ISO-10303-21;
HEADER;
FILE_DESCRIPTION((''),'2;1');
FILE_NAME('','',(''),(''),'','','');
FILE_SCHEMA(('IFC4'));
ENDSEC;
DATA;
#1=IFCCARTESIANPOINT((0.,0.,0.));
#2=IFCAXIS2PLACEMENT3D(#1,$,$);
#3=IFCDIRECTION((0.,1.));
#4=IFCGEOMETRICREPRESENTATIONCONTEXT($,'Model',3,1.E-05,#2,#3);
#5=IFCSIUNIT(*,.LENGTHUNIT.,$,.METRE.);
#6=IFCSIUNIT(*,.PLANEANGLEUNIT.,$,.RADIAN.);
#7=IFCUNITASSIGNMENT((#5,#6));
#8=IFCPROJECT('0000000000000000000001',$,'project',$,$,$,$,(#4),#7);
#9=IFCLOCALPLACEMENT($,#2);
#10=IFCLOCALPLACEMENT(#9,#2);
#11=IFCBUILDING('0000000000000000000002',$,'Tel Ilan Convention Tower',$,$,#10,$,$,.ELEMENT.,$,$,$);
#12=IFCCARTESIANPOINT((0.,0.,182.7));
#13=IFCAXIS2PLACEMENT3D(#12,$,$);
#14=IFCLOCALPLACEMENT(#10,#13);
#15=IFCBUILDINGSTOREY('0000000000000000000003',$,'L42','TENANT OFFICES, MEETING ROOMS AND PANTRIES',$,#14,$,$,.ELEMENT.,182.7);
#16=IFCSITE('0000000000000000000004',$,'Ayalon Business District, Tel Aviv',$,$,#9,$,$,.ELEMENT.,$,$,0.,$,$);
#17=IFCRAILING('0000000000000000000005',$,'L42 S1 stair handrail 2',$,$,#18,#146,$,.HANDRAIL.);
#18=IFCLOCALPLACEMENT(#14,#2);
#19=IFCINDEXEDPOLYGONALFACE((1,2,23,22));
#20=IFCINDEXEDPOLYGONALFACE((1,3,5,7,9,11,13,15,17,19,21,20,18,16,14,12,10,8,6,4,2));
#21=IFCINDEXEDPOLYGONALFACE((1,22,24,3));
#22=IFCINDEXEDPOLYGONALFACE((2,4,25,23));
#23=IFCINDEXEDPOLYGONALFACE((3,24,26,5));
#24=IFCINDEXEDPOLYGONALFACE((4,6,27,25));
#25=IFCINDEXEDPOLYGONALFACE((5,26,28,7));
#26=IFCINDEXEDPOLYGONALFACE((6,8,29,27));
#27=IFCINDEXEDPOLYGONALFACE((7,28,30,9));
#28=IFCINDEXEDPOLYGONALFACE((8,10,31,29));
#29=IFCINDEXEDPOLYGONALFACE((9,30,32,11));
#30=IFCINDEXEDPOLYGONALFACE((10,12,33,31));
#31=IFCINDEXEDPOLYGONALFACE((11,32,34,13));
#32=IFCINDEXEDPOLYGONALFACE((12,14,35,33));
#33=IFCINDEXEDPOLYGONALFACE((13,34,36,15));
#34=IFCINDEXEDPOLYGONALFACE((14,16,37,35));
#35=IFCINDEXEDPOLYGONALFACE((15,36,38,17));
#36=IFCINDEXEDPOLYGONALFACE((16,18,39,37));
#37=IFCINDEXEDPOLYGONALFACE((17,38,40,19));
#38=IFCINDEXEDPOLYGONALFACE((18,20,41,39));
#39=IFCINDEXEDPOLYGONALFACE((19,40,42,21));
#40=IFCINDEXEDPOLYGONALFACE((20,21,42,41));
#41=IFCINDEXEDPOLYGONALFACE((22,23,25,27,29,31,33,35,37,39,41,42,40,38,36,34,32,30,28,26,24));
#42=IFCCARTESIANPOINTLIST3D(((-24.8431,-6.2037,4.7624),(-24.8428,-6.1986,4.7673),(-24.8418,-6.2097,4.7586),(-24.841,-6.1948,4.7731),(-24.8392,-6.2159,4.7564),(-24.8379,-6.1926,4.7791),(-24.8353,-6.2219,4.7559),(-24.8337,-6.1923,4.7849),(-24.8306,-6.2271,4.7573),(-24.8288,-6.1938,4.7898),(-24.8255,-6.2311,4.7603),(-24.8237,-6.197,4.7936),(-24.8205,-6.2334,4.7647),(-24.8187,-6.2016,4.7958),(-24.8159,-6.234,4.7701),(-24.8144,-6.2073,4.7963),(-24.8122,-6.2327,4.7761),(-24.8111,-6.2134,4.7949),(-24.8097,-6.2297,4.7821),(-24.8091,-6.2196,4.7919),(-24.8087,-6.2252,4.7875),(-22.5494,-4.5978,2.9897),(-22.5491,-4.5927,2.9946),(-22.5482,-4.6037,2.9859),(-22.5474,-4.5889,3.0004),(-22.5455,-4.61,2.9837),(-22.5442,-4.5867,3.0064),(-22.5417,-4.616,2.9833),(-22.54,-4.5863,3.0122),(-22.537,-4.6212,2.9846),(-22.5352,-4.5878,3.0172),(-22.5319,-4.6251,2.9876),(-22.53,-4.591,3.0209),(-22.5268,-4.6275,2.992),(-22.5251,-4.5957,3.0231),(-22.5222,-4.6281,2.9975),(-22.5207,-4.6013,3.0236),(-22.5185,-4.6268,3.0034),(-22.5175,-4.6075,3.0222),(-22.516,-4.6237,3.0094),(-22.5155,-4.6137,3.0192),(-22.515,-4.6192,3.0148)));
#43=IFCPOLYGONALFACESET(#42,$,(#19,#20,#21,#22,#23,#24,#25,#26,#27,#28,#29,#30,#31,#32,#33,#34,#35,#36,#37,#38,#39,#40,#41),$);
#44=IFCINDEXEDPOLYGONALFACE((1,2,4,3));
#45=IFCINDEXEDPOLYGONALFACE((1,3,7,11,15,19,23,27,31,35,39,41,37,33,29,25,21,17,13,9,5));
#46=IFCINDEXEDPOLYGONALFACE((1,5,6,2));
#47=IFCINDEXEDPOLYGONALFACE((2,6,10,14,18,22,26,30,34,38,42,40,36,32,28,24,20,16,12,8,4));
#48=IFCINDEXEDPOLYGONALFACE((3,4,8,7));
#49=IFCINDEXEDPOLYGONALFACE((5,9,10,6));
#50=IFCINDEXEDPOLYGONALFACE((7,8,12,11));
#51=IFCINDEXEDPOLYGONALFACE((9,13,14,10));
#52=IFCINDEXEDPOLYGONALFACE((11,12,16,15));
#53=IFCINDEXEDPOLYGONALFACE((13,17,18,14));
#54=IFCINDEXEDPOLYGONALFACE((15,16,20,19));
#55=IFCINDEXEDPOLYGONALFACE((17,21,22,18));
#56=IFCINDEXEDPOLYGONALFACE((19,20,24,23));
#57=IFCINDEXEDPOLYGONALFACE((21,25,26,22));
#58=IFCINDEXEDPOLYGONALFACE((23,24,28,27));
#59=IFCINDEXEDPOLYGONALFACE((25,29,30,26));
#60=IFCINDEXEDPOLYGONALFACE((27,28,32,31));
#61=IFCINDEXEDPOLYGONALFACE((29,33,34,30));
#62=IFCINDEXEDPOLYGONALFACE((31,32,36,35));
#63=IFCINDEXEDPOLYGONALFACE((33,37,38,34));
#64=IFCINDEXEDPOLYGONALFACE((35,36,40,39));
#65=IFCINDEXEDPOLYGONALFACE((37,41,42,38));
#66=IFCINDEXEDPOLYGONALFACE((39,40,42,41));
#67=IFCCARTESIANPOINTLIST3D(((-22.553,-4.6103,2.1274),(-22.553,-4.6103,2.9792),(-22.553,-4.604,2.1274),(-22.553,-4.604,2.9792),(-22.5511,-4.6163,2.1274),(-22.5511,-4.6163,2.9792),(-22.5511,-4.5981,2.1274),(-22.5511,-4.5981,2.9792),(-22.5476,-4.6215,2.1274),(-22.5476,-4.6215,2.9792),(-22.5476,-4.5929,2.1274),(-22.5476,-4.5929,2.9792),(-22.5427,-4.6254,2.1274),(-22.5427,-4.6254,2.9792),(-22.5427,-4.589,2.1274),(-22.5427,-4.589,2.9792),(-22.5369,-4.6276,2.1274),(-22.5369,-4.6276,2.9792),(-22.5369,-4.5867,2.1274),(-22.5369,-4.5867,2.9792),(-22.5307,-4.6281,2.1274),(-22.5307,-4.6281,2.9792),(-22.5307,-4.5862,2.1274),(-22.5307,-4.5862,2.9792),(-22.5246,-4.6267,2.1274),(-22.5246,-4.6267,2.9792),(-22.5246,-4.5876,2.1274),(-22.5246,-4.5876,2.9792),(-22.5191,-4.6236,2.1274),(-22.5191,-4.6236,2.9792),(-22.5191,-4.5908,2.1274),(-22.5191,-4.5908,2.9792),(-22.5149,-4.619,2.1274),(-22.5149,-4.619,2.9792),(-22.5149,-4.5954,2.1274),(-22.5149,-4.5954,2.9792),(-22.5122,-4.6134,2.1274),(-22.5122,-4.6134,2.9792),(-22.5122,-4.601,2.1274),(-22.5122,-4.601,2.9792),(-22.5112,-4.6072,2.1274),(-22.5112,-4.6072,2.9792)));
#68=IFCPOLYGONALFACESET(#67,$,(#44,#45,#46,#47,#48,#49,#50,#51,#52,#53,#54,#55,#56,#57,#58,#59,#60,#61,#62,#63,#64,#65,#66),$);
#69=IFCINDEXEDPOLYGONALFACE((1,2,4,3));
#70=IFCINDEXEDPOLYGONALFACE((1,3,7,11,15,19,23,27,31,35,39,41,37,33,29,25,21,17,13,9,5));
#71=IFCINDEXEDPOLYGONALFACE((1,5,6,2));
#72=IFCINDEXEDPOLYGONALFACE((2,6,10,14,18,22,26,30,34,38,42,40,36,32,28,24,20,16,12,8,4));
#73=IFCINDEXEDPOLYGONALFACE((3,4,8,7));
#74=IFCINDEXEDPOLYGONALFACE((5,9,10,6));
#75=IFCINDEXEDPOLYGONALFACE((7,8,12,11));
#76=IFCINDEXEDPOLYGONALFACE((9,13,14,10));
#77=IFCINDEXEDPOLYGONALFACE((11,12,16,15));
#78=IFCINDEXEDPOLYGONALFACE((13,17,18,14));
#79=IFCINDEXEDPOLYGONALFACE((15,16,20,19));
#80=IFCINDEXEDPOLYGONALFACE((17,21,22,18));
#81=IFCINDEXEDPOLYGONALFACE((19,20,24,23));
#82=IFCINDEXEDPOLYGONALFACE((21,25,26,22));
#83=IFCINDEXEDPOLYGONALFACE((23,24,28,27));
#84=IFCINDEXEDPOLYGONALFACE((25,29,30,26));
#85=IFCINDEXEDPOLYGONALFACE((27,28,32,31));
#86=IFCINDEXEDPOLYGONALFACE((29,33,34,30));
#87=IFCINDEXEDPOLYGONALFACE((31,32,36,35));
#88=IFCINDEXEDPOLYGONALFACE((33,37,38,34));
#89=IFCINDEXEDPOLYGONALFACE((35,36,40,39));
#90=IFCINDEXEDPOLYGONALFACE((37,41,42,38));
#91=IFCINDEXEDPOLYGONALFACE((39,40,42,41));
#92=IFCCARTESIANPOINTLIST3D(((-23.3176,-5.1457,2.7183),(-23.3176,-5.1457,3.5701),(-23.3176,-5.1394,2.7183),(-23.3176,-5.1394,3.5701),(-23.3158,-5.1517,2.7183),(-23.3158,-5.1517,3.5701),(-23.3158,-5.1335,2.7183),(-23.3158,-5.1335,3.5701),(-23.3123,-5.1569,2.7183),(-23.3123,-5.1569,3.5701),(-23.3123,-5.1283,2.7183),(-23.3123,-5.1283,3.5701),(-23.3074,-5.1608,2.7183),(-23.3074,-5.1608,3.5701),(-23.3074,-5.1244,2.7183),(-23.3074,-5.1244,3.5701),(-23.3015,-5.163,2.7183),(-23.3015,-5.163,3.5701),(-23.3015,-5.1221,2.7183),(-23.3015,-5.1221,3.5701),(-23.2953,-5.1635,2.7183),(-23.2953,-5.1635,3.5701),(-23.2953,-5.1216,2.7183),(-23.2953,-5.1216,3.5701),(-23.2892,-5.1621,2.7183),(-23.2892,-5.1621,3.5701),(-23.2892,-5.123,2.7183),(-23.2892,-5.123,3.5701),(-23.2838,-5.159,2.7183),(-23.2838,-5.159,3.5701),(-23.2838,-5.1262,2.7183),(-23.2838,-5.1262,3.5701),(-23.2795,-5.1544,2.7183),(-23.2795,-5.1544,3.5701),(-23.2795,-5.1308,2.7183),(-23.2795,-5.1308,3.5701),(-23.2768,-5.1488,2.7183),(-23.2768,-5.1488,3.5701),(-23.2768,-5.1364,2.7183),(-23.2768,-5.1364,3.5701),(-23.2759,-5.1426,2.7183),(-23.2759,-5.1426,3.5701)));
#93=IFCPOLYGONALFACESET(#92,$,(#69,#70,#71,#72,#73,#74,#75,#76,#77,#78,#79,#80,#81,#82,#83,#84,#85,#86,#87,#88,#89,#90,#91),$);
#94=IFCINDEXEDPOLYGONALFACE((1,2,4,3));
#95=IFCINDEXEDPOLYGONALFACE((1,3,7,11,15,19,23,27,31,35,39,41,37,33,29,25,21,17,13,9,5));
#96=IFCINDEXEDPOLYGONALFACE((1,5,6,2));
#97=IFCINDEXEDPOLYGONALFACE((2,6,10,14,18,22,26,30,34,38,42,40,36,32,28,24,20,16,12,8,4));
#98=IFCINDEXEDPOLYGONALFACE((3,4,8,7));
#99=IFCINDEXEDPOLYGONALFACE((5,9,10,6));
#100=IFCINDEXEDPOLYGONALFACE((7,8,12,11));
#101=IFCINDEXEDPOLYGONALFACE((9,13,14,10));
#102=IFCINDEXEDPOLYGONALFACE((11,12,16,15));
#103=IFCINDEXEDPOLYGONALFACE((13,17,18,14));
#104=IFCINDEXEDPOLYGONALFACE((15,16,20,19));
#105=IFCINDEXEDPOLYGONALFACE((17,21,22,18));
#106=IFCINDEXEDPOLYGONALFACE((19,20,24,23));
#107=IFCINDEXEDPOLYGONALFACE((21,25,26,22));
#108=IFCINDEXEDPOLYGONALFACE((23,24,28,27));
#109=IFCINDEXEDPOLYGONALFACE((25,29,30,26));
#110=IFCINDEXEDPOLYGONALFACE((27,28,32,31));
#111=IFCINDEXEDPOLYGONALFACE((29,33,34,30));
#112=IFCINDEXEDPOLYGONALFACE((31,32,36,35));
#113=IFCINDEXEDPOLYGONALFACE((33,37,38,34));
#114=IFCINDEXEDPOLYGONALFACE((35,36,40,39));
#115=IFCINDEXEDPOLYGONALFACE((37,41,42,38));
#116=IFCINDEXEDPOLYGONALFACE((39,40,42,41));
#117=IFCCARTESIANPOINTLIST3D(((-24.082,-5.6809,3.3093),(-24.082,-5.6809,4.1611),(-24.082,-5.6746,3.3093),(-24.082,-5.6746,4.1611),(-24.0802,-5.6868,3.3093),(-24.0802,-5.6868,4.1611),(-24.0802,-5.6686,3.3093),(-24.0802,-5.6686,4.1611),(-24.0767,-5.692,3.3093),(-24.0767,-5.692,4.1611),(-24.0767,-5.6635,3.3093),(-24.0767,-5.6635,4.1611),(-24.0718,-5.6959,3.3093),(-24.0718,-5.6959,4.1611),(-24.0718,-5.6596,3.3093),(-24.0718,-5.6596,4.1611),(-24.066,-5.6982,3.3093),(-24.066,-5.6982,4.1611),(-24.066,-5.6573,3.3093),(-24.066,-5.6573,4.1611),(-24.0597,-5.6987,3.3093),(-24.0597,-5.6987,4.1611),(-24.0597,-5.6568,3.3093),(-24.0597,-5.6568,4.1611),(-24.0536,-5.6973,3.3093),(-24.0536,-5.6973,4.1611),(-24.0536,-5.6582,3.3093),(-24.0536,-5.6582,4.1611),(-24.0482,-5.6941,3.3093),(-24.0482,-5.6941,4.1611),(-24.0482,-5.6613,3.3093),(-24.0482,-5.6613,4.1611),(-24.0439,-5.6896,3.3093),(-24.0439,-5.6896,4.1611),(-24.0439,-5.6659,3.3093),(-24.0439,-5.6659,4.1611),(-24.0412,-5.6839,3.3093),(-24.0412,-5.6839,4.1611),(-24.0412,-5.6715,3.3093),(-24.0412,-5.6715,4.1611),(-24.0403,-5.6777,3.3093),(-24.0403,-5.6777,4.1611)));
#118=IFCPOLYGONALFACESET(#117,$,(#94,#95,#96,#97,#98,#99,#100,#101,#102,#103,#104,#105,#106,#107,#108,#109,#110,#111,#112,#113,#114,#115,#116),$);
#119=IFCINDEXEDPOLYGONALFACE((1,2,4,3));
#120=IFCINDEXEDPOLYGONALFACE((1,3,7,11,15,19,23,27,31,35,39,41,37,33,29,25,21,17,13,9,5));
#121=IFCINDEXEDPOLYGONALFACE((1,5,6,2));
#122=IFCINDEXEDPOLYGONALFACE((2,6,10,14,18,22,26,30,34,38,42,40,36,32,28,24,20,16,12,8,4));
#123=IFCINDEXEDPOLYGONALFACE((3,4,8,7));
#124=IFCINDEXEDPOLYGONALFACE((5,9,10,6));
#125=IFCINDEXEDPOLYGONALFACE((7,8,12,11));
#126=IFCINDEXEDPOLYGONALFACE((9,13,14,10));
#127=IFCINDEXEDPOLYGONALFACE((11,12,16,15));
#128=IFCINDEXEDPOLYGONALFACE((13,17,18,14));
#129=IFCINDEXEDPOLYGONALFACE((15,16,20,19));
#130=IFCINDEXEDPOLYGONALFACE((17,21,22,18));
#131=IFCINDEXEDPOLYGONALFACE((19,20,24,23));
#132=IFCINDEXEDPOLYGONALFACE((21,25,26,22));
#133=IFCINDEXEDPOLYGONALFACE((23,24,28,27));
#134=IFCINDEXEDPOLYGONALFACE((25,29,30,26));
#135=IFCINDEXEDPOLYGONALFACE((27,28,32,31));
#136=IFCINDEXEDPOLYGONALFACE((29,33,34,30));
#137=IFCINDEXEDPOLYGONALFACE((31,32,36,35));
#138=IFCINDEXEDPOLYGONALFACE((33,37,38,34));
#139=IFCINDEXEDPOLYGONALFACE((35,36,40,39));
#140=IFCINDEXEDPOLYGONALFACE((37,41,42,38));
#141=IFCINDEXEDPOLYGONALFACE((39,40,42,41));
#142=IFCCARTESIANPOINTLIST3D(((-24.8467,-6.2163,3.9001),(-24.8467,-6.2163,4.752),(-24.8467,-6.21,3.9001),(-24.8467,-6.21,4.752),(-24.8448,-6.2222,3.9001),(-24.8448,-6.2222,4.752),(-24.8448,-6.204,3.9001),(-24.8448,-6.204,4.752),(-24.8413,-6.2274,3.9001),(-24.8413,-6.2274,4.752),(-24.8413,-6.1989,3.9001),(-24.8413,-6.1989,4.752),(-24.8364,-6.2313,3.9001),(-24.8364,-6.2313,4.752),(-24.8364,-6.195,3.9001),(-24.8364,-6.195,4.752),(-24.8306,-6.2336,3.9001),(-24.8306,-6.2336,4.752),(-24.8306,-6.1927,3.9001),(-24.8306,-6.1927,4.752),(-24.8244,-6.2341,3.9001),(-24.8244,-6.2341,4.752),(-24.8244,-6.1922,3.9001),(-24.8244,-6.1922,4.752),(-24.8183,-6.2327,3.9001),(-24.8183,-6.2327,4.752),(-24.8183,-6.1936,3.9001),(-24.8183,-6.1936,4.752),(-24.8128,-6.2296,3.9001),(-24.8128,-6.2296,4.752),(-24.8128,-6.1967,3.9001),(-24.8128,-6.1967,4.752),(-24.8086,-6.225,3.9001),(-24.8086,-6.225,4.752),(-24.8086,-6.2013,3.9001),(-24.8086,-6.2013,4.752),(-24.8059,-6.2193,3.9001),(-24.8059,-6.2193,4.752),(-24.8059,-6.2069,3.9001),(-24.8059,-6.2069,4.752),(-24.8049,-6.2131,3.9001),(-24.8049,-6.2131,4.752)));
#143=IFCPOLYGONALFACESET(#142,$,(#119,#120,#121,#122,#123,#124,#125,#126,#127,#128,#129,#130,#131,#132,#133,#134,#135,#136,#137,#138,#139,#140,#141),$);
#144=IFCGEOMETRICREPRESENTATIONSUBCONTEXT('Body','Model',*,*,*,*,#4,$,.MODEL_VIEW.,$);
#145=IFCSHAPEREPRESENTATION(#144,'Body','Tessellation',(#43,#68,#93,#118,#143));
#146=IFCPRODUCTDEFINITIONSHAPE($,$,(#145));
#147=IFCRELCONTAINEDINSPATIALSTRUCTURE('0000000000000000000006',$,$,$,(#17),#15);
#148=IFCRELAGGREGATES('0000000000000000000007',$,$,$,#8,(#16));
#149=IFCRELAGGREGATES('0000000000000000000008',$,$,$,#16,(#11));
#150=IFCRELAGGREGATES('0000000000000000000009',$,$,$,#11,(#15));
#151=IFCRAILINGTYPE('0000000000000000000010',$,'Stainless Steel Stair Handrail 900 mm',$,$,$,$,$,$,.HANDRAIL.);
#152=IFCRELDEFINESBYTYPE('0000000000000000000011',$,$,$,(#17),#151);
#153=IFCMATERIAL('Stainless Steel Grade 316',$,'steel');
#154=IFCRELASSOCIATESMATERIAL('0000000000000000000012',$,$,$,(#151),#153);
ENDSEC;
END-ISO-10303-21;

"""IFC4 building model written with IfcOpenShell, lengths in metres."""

from ifc_helpers import new_model, si_unit, direction, frame, origin, origin_2d, place, context, subcontext, project, spatial, circle, extrude, material, type_object, element, save


model = new_model("IFC4")

# Units and contexts
model_context = context("Model", 3, precision=1e-05, world=origin(), true_north=direction((0.0, 1.0)))
body_context = subcontext(model_context, "Body", "Model", "MODEL_VIEW")
ifc_project = project(units=[si_unit("LENGTHUNIT", "METRE"), si_unit("PLANEANGLEUNIT", "RADIAN")], contexts=[model_context])

# Site, building, storey
site_placement = place(None, origin())
site = spatial("IfcSite", under=ifc_project, at=site_placement, Name="Ayalon Business District, Tel Aviv", CompositionType="ELEMENT", RefElevation=0.0)
building_placement = place(site_placement, origin())
building = spatial("IfcBuilding", under=site, at=building_placement, Name="Tel Ilan Convention Tower", CompositionType="ELEMENT")
storey_placement = place(building_placement, frame((0.0, 0.0, 182.7)))
storey = spatial("IfcBuildingStorey", under=building, at=storey_placement, Name="L42", Description="TENANT OFFICES, MEETING ROOMS AND PANTRIES", CompositionType="ELEMENT", Elevation=182.7)

# Railing
ifc_material_1 = material(Name="Stainless Steel Grade 316", Category="steel")
railing_type_1 = type_object("IfcRailingType", Name="Stainless Steel Stair Handrail 900 mm", PredefinedType="HANDRAIL", material=ifc_material_1)
railing_1_placement = place(storey_placement, frame((-22.5322, -4.6072, 2.1274)))
element("IfcRailing", 1, at=railing_1_placement, inside=storey, type_object=railing_type_1, Name="L42 S1 stair handrail 2", PredefinedType="HANDRAIL", context=body_context, shape_type="SweptSolid", body=[
    extrude(circle(Radius=0.0239, at=origin_2d()), frame((0.0, 0.0, 0.876), z_axis=(-0.692123, -0.484597, 0.534913), x_axis=(0.57355, -0.81917, 0.0)), (0.0, 0.0, 1.0), 3.314),
    extrude(circle(Radius=0.021, at=origin_2d()), origin(), (0.0, 0.0, 1.0), 0.8518),
    extrude(circle(Radius=0.021, at=origin_2d()), frame((-0.7646, -0.5354, 0.5908)), (0.0, 0.0, 1.0), 0.8518),
    extrude(circle(Radius=0.021, at=origin_2d()), frame((-1.5291, -1.0706, 1.1819)), (0.0, 0.0, 1.0), 0.8518),
    extrude(circle(Radius=0.021, at=origin_2d()), frame((-2.2937, -1.606, 1.7727)), (0.0, 0.0, 1.0), 0.8518),
])

save(model, "model.ifc")
